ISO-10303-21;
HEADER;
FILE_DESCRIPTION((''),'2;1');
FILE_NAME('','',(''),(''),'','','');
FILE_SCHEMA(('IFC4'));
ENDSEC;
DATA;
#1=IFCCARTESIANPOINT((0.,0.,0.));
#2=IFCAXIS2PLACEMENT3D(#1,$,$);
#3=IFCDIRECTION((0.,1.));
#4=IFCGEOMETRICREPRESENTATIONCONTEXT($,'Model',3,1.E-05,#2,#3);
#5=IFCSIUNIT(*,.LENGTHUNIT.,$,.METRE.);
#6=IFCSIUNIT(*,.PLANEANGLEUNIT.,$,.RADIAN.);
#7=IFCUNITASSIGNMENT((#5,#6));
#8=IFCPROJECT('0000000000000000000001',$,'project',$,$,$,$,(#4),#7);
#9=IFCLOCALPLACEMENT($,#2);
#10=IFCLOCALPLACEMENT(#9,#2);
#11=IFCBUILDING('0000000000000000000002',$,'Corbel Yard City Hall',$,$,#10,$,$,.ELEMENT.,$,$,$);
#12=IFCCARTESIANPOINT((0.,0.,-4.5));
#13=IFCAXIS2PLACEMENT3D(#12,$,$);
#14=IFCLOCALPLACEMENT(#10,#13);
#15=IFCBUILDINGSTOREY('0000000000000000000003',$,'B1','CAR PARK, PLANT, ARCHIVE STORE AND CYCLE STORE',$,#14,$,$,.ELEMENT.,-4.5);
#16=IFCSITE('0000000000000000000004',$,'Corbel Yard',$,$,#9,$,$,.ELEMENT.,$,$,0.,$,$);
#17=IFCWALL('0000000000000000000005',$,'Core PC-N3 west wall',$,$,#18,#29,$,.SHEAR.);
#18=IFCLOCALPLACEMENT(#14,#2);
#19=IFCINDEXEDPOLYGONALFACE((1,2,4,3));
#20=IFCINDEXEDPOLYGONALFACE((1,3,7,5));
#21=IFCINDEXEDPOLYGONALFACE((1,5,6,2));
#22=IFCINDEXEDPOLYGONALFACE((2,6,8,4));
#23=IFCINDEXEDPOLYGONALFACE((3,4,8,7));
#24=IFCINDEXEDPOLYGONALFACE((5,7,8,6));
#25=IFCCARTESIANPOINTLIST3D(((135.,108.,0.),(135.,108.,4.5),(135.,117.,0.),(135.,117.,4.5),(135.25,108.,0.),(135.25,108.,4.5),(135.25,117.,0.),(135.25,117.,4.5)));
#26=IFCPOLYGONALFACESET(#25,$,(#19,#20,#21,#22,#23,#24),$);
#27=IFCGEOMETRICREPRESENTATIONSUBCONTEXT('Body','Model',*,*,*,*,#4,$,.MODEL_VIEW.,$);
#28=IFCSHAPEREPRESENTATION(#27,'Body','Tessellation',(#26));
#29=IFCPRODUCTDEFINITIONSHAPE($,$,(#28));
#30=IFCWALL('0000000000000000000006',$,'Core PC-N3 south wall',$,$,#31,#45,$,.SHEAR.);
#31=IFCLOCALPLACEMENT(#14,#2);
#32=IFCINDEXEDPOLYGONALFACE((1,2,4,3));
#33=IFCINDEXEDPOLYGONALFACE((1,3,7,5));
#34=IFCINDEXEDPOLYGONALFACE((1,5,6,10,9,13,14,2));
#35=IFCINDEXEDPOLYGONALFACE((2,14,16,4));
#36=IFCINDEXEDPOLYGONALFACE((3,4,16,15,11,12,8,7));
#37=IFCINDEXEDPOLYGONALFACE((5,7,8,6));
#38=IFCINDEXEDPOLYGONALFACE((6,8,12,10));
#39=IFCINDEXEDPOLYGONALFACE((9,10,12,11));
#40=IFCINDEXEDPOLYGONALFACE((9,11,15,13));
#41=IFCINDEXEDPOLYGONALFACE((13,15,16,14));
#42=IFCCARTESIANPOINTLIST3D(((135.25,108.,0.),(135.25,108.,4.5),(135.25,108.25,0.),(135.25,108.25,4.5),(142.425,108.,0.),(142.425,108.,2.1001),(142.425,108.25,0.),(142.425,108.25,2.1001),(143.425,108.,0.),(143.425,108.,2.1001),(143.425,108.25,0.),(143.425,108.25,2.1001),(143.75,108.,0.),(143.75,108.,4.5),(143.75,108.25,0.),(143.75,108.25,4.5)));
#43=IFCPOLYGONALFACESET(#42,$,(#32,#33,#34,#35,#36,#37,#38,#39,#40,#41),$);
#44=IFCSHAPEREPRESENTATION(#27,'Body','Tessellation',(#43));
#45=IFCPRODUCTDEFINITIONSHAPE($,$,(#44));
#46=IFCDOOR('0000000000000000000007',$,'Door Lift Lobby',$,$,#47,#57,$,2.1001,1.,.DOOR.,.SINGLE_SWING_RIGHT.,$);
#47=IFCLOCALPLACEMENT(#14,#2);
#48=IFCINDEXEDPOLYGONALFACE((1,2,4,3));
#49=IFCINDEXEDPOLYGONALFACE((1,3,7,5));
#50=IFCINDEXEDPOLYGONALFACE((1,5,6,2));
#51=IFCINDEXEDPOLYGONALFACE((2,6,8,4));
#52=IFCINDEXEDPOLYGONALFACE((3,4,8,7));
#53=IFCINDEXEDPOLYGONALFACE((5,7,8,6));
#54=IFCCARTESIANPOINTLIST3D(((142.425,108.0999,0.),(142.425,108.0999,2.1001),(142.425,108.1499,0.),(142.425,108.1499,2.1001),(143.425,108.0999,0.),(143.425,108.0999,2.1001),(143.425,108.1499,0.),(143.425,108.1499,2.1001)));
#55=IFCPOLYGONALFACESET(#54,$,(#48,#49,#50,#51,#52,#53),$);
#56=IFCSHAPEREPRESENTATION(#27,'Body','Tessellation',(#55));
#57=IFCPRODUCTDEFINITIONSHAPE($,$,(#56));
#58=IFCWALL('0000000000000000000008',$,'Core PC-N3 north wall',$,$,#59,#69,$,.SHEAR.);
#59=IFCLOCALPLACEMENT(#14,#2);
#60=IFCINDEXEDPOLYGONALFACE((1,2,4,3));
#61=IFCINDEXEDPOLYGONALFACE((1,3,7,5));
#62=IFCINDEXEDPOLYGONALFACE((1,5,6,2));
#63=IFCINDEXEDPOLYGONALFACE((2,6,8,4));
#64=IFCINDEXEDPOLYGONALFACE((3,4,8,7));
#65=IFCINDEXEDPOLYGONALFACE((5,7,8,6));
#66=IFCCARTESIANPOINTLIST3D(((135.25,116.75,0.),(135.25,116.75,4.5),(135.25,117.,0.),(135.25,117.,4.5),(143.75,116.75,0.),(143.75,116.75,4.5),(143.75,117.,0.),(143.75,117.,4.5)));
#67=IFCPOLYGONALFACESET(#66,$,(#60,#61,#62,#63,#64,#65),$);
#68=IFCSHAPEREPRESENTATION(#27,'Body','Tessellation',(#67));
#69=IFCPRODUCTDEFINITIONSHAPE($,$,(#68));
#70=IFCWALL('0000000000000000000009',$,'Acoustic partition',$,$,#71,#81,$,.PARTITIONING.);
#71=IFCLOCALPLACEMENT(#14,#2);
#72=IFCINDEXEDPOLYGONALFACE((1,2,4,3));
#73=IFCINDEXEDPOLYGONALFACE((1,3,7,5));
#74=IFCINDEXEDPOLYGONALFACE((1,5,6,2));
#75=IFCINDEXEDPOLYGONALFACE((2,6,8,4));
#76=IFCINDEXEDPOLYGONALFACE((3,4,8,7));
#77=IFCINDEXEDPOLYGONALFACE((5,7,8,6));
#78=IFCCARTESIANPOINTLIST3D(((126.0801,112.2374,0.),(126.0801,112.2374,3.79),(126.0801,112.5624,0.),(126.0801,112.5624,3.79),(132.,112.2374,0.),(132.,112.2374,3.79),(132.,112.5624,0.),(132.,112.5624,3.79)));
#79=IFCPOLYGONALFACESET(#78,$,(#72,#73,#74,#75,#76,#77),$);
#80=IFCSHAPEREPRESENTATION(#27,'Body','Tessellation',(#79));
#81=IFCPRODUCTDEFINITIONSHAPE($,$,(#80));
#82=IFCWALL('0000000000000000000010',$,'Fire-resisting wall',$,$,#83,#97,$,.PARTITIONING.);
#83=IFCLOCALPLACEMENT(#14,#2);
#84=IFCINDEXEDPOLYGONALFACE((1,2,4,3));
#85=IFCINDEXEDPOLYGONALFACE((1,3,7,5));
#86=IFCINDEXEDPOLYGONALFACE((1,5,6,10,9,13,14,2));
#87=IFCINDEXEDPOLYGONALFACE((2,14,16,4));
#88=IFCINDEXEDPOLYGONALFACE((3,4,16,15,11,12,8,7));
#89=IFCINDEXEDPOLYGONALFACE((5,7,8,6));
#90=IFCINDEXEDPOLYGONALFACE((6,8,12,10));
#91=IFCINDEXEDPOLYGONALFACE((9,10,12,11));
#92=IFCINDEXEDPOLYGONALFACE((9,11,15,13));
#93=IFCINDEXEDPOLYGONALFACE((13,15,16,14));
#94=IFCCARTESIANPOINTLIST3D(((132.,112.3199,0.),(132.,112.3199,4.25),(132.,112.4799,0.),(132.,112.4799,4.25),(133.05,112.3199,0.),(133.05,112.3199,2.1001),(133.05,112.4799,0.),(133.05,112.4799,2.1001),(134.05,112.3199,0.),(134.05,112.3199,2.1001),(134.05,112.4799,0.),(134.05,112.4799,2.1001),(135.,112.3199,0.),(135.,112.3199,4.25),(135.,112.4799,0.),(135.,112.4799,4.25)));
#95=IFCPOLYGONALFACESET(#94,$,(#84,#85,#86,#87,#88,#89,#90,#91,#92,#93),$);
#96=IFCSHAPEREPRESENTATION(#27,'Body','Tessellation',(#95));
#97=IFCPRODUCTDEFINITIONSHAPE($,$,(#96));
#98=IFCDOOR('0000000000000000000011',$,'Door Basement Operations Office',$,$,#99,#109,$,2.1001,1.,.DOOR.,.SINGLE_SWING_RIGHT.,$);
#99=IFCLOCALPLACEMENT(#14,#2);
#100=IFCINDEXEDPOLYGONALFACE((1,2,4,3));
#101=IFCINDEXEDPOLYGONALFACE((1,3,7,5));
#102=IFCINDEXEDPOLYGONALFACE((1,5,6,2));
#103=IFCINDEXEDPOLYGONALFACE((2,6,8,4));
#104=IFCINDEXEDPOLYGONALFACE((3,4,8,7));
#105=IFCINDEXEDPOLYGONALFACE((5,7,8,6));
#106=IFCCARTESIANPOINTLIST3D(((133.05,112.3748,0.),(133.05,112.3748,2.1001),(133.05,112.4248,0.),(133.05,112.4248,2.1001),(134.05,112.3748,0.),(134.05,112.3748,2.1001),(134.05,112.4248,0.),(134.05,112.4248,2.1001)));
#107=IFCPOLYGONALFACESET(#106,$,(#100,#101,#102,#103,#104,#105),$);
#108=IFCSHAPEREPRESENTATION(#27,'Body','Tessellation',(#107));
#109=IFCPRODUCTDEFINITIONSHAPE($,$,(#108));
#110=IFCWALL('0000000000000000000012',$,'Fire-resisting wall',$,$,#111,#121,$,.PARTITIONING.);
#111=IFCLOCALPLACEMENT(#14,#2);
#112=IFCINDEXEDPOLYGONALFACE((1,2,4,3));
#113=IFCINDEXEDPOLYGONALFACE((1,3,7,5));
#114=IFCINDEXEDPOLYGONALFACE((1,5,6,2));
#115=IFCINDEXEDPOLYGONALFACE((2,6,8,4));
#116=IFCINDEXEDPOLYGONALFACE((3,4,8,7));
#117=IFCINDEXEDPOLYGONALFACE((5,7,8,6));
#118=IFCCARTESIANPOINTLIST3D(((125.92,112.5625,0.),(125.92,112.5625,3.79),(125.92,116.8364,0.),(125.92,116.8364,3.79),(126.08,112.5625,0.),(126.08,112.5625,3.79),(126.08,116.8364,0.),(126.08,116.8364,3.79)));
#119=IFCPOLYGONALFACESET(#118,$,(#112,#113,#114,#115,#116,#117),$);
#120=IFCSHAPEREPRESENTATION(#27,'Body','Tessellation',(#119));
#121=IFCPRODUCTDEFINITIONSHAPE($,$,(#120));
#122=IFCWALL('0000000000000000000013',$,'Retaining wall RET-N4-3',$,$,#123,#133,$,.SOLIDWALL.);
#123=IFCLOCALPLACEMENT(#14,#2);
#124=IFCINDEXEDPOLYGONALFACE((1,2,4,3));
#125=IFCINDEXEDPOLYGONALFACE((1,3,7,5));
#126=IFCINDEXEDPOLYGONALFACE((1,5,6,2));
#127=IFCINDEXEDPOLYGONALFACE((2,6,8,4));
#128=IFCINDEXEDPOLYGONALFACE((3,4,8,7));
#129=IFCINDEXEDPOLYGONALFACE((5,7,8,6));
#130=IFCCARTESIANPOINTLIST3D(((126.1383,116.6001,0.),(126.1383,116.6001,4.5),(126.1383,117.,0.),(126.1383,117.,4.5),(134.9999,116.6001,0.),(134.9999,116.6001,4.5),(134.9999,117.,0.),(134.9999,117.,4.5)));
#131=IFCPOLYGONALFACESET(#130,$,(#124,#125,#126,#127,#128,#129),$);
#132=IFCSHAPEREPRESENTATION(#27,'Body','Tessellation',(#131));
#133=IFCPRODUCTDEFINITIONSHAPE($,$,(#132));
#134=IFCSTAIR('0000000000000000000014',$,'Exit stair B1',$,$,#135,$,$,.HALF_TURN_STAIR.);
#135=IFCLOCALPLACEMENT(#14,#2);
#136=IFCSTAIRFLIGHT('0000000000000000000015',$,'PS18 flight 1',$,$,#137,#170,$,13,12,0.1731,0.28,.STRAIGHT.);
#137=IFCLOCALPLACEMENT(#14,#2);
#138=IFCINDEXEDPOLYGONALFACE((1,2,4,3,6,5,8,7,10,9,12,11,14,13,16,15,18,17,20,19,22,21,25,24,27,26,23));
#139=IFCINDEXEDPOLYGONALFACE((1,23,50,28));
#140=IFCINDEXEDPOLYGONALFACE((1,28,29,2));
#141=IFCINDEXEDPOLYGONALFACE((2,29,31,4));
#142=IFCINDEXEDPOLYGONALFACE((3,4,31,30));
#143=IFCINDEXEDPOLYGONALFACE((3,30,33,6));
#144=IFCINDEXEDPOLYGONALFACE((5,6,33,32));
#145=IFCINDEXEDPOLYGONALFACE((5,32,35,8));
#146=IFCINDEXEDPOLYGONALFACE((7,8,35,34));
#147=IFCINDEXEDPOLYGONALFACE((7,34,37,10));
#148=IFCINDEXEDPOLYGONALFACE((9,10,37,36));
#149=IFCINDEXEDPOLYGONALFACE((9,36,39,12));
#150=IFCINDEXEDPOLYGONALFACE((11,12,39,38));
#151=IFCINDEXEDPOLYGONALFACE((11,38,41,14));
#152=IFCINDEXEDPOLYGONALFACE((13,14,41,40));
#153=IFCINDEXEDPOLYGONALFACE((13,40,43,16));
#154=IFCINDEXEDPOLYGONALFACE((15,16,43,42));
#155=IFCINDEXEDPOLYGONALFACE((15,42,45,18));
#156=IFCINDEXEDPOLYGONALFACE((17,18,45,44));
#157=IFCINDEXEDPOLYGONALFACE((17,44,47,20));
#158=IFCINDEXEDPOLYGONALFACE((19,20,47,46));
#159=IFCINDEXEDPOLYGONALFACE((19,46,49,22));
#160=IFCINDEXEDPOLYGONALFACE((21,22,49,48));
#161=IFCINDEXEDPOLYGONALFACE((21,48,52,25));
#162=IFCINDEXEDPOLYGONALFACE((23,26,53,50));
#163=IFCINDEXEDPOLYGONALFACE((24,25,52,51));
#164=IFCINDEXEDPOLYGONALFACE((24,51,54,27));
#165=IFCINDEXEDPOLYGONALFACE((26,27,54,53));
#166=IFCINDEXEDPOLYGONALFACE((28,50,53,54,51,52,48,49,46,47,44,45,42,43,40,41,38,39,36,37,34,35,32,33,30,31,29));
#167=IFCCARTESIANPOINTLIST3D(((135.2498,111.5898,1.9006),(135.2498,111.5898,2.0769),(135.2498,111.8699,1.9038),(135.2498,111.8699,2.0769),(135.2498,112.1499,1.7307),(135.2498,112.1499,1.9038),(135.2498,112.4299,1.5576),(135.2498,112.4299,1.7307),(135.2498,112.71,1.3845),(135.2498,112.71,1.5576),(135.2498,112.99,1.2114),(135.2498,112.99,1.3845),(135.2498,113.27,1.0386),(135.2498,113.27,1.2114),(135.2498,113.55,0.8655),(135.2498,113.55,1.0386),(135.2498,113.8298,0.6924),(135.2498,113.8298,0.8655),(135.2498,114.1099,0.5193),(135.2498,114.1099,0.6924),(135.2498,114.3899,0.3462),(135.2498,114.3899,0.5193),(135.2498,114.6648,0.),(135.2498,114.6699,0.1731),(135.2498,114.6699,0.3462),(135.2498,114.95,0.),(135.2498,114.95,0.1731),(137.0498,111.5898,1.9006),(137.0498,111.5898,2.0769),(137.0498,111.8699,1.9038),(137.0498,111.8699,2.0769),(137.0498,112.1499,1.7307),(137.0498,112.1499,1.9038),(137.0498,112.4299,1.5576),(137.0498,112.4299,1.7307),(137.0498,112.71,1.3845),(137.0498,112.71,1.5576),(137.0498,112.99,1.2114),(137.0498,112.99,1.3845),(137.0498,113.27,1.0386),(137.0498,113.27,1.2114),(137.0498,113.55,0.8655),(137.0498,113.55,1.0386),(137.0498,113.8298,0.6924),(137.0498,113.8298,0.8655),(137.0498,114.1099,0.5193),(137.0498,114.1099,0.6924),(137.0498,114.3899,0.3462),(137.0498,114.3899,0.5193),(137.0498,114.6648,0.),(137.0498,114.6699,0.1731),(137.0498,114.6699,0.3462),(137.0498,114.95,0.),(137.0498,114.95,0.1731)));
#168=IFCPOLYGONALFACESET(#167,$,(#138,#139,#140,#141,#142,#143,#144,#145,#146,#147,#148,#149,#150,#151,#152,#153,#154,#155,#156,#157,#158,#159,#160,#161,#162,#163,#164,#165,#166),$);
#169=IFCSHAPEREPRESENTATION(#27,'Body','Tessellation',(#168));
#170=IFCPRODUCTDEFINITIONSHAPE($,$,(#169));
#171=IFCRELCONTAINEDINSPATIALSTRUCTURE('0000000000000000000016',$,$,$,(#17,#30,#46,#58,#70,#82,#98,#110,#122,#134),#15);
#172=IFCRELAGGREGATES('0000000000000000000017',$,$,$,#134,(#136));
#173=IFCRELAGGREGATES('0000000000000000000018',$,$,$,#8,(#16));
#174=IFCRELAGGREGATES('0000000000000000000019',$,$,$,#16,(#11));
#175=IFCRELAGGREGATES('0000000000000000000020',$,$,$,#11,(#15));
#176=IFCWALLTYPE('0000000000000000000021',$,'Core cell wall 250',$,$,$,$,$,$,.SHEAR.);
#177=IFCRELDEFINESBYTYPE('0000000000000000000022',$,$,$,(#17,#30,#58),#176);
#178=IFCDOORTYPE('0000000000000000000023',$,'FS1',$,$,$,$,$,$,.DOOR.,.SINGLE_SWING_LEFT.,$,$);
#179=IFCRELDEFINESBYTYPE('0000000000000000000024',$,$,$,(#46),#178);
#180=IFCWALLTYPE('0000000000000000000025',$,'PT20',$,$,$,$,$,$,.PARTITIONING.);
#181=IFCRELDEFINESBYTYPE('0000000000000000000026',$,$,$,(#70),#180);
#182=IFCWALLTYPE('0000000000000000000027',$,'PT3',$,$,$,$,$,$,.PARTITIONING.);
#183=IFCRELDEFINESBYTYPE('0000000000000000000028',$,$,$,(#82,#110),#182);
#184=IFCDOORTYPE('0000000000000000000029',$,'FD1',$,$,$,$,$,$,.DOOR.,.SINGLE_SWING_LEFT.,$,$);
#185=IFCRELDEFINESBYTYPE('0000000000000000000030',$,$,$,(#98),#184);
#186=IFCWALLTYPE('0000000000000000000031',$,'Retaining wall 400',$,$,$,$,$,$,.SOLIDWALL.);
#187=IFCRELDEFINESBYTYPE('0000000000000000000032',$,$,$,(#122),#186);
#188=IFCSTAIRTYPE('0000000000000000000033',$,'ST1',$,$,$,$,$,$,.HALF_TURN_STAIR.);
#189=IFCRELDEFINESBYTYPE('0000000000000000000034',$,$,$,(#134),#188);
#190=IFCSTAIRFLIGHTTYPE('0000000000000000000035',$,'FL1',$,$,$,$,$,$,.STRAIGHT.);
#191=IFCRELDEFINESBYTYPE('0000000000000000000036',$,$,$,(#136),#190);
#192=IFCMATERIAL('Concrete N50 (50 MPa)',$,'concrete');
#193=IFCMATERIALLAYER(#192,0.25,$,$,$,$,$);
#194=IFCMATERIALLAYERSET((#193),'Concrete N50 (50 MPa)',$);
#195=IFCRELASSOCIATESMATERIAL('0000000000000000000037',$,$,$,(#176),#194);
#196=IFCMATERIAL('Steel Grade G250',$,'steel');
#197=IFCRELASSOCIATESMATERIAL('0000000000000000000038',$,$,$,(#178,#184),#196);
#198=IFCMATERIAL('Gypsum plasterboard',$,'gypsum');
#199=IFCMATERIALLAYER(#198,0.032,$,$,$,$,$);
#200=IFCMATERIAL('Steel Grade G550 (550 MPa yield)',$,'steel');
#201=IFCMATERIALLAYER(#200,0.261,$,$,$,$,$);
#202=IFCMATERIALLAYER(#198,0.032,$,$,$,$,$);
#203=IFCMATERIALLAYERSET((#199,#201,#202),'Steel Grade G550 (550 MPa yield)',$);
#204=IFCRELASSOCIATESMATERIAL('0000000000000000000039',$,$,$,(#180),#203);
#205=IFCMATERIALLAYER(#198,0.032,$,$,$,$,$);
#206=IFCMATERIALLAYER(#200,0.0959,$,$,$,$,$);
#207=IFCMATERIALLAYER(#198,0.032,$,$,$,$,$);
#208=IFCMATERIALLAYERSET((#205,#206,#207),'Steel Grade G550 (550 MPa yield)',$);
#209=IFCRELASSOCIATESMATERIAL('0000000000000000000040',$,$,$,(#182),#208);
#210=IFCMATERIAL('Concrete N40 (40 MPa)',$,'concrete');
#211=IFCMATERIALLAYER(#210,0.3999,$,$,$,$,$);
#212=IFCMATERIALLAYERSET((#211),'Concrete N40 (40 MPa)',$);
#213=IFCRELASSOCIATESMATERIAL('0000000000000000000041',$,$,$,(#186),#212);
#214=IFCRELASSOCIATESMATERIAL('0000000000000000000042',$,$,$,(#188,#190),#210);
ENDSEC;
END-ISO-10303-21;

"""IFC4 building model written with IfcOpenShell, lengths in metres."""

from ifc_helpers import new_model, si_unit, direction, frame, frame_2d, origin, place, context, subcontext, project, spatial, polyline, rectangle, outline, extrude, material, layer, layer_set, type_object, element, fill, aggregate, save


model = new_model("IFC4")

# Units and contexts
model_context = context("Model", 3, precision=1e-05, world=origin(), true_north=direction((0.0, 1.0)))
body_context = subcontext(model_context, "Body", "Model", "MODEL_VIEW")
ifc_project = project(units=[si_unit("LENGTHUNIT", "METRE"), si_unit("PLANEANGLEUNIT", "RADIAN")], contexts=[model_context])

# Site, building, storey
site_placement = place(None, origin())
site = spatial("IfcSite", under=ifc_project, at=site_placement, Name="Corbel Yard", CompositionType="ELEMENT", RefElevation=0.0)
building_placement = place(site_placement, origin())
building = spatial("IfcBuilding", under=site, at=building_placement, Name="Corbel Yard City Hall", CompositionType="ELEMENT")
storey_placement = place(building_placement, frame((0.0, 0.0, -4.5)))
storey = spatial("IfcBuildingStorey", under=building, at=storey_placement, Name="B1", Description="CAR PARK, PLANT, ARCHIVE STORE AND CYCLE STORE", CompositionType="ELEMENT", Elevation=-4.5)

# Shared definitions
ifc_material_1 = material(Name="Concrete N40 (40 MPa)", Category="concrete")

# Wall
ifc_material_2 = material(Name="Concrete N50 (50 MPa)", Category="concrete")
ifc_layer_1 = layer(ifc_material_2, 0.25)
ifc_layer_set_1 = layer_set([ifc_layer_1], Name="Concrete N50 (50 MPa)")
wall_type_1 = type_object("IfcWallType", Name="Core cell wall 250", PredefinedType="SHEAR", material=ifc_layer_set_1)
wall_1_placement = place(storey_placement, frame((135.125, 108.0, 0.0), z_axis=(0.0, 0.0, 1.0), x_axis=(0.0, 1.0, 0.0)))
element("IfcWall", 1, at=wall_1_placement, inside=storey, type_object=wall_type_1, Name="Core PC-N3 west wall", PredefinedType="SHEAR", context=body_context, shape_type="SweptSolid", body=[
    extrude(rectangle(XDim=9.0, YDim=0.25, at=frame_2d((4.5, 0.0))), origin(), (0.0, 0.0, 1.0), 4.5),
])

# Wall, opening, door
wall_2_placement = place(storey_placement, frame((135.25, 108.125, 0.0), z_axis=(0.0, 0.0, 1.0), x_axis=(1.0, 0.0, 0.0)))
wall_2 = element("IfcWall", 2, at=wall_2_placement, inside=storey, type_object=wall_type_1, Name="Core PC-N3 south wall", PredefinedType="SHEAR", context=body_context, shape_type="SweptSolid", body=[
    extrude(rectangle(XDim=8.5, YDim=0.25, at=frame_2d((4.25, 0.0))), origin(), (0.0, 0.0, 1.0), 4.5),
])
opening_1_placement = place(wall_2_placement, frame((7.175, 0.0, 0.0)))
opening_1 = element("IfcOpeningElement", 3, at=opening_1_placement, cuts=wall_2, PredefinedType="OPENING", context=body_context, shape_type="SweptSolid", body=[
    extrude(rectangle(XDim=1.0, YDim=2.1001, at=frame_2d((0.5, 1.05))), frame((0.0, 0.135, 0.0), z_axis=(0.0, -1.0, 0.0), x_axis=(1.0, 0.0, 0.0)), (0.0, 0.0, 1.0), 0.27),
])
ifc_material_3 = material(Name="Steel Grade G250", Category="steel")
door_type_1 = type_object("IfcDoorType", Name="FS1", OperationType="SINGLE_SWING_LEFT", PredefinedType="DOOR", material=ifc_material_3)
door_1_placement = place(opening_1_placement, origin())
door_1 = element("IfcDoor", 4, at=door_1_placement, inside=storey, type_object=door_type_1, Name="Door Lift Lobby", OperationType="SINGLE_SWING_RIGHT", OverallHeight=2.1001, OverallWidth=1.0, PredefinedType="DOOR", context=body_context, shape_type="SweptSolid", body=[
    extrude(rectangle(XDim=1.0, YDim=2.1001, at=frame_2d((0.5, 1.05))), frame((0.0, 0.0249, 0.0), z_axis=(0.0, -1.0, 0.0), x_axis=(1.0, 0.0, 0.0)), (0.0, 0.0, 1.0), 0.05),
])
fill(opening_1, door_1)

# Walls
wall_3_placement = place(storey_placement, frame((135.25, 116.875, 0.0), z_axis=(0.0, 0.0, 1.0), x_axis=(1.0, 0.0, 0.0)))
element("IfcWall", 5, at=wall_3_placement, inside=storey, type_object=wall_type_1, Name="Core PC-N3 north wall", PredefinedType="SHEAR", context=body_context, shape_type="SweptSolid", body=[
    extrude(rectangle(XDim=8.5, YDim=0.25, at=frame_2d((4.25, 0.0))), origin(), (0.0, 0.0, 1.0), 4.5),
])
ifc_material_4 = material(Name="Gypsum plasterboard", Category="gypsum")
ifc_layer_2 = layer(ifc_material_4, 0.032)
ifc_material_5 = material(Name="Steel Grade G550 (550 MPa yield)", Category="steel")
ifc_layer_3 = layer(ifc_material_5, 0.261)
ifc_layer_4 = layer(ifc_material_4, 0.032)
ifc_layer_set_2 = layer_set([ifc_layer_2, ifc_layer_3, ifc_layer_4], Name="Steel Grade G550 (550 MPa yield)")
wall_type_2 = type_object("IfcWallType", Name="PT20", PredefinedType="PARTITIONING", material=ifc_layer_set_2)
wall_4_placement = place(storey_placement, frame((126.0801, 112.3999, 0.0), z_axis=(0.0, 0.0, 1.0), x_axis=(1.0, 0.0, 0.0)))
element("IfcWall", 6, at=wall_4_placement, inside=storey, type_object=wall_type_2, Name="Acoustic partition", PredefinedType="PARTITIONING", context=body_context, shape_type="SweptSolid", body=[
    extrude(rectangle(XDim=5.9199, YDim=0.325, at=frame_2d((2.96, 0.0))), origin(), (0.0, 0.0, 1.0), 3.79),
])

# Wall, opening, door
ifc_layer_5 = layer(ifc_material_4, 0.032)
ifc_layer_6 = layer(ifc_material_5, 0.0959)
ifc_layer_7 = layer(ifc_material_4, 0.032)
ifc_layer_set_3 = layer_set([ifc_layer_5, ifc_layer_6, ifc_layer_7], Name="Steel Grade G550 (550 MPa yield)")
wall_type_3 = type_object("IfcWallType", Name="PT3", PredefinedType="PARTITIONING", material=ifc_layer_set_3)
wall_5_placement = place(storey_placement, frame((132.0, 112.3999, 0.0), z_axis=(0.0, 0.0, 1.0), x_axis=(1.0, 0.0, 0.0)))
wall_5 = element("IfcWall", 7, at=wall_5_placement, inside=storey, type_object=wall_type_3, Name="Fire-resisting wall", PredefinedType="PARTITIONING", context=body_context, shape_type="SweptSolid", body=[
    extrude(rectangle(XDim=3.0, YDim=0.1599, at=frame_2d((1.5, 0.0))), origin(), (0.0, 0.0, 1.0), 4.25),
])
opening_2_placement = place(wall_5_placement, frame((1.05, 0.0, 0.0)))
opening_2 = element("IfcOpeningElement", 8, at=opening_2_placement, cuts=wall_5, PredefinedType="OPENING", context=body_context, shape_type="SweptSolid", body=[
    extrude(rectangle(XDim=1.0, YDim=2.1001, at=frame_2d((0.5, 1.05))), frame((0.0, 0.0898, 0.0), z_axis=(0.0, -1.0, 0.0), x_axis=(1.0, 0.0, 0.0)), (0.0, 0.0, 1.0), 0.1799),
])
door_type_2 = type_object("IfcDoorType", Name="FD1", OperationType="SINGLE_SWING_LEFT", PredefinedType="DOOR", material=ifc_material_3)
door_2_placement = place(opening_2_placement, origin())
door_2 = element("IfcDoor", 9, at=door_2_placement, inside=storey, type_object=door_type_2, Name="Door Basement Operations Office", OperationType="SINGLE_SWING_RIGHT", OverallHeight=2.1001, OverallWidth=1.0, PredefinedType="DOOR", context=body_context, shape_type="SweptSolid", body=[
    extrude(rectangle(XDim=1.0, YDim=2.1001, at=frame_2d((0.5, 1.05))), frame((0.0, 0.0249, 0.0), z_axis=(0.0, -1.0, 0.0), x_axis=(1.0, 0.0, 0.0)), (0.0, 0.0, 1.0), 0.05),
])
fill(opening_2, door_2)

# Walls
wall_6_placement = place(storey_placement, frame((126.0, 112.5625, 0.0), z_axis=(0.0, 0.0, 1.0), x_axis=(0.0, 1.0, 0.0)))
element("IfcWall", 10, at=wall_6_placement, inside=storey, type_object=wall_type_3, Name="Fire-resisting wall", PredefinedType="PARTITIONING", context=body_context, shape_type="SweptSolid", body=[
    extrude(rectangle(XDim=4.2739, YDim=0.1599, at=frame_2d((2.137, 0.0))), origin(), (0.0, 0.0, 1.0), 3.79),
])
ifc_layer_8 = layer(ifc_material_1, 0.3999)
ifc_layer_set_4 = layer_set([ifc_layer_8], Name="Concrete N40 (40 MPa)")
wall_type_4 = type_object("IfcWallType", Name="Retaining wall 400", PredefinedType="SOLIDWALL", material=ifc_layer_set_4)
wall_7_placement = place(storey_placement, frame((126.1384, 116.8, 0.0), z_axis=(0.0, 0.0, 1.0), x_axis=(1.0, 0.0, 0.0)))
element("IfcWall", 11, at=wall_7_placement, inside=storey, type_object=wall_type_4, Name="Retaining wall RET-N4-3", PredefinedType="SOLIDWALL", context=body_context, shape_type="SweptSolid", body=[
    extrude(rectangle(XDim=8.8616, YDim=0.3999, at=frame_2d((4.4307, 0.0))), origin(), (0.0, 0.0, 1.0), 4.5),
])

# Stair, stair flight
stair_type = type_object("IfcStairType", Name="ST1", PredefinedType="HALF_TURN_STAIR", material=ifc_material_1)
stair_placement = place(storey_placement, origin())
stair = element("IfcStair", 12, at=stair_placement, inside=storey, type_object=stair_type, Name="Exit stair B1", PredefinedType="HALF_TURN_STAIR")
stair_flight_type = type_object("IfcStairFlightType", Name="FL1", PredefinedType="STRAIGHT", material=ifc_material_1)
stair_flight_placement = place(storey_placement, frame((136.1499, 114.95, 0.0), z_axis=(0.0, 0.0, 1.0), x_axis=(0.0, -1.0, 0.0)))
stair_flight = element("IfcStairFlight", 13, at=stair_flight_placement, type_object=stair_flight_type, Name="PS18 flight 1", NumberOfRisers=13, NumberOfTreads=12, PredefinedType="STRAIGHT", RiserHeight=0.1731, TreadLength=0.28, context=body_context, shape_type="SweptSolid", body=[
    extrude(outline(polyline([(0.0, 0.0), (0.0, 0.1731), (0.28, 0.1731), (0.28, 0.3462), (0.5601, 0.3462), (0.5601, 0.5193), (0.8401, 0.5193), (0.8401, 0.6924), (1.1201, 0.6924), (1.1201, 0.8655), (1.3999, 0.8655), (1.3999, 1.0386), (1.6799, 1.0386), (1.6799, 1.2114), (1.96, 1.2114), (1.96, 1.3845), (2.24, 1.3845), (2.24, 1.5576), (2.52, 1.5576), (2.52, 1.7307), (2.8, 1.7307), (2.8, 1.9038), (3.0801, 1.9038), (3.0801, 2.0769), (3.3601, 2.0769), (3.3601, 2.25), (3.3601, 1.9006), (0.2852, 0.0), (0.0, 0.0)])), frame((0.0, 0.8999, 0.0), z_axis=(0.0, -1.0, 0.0), x_axis=(1.0, 0.0, 0.0)), (0.0, 0.0, 1.0), 1.8),
])
aggregate(stair, [stair_flight])

save(model, "model.ifc")
